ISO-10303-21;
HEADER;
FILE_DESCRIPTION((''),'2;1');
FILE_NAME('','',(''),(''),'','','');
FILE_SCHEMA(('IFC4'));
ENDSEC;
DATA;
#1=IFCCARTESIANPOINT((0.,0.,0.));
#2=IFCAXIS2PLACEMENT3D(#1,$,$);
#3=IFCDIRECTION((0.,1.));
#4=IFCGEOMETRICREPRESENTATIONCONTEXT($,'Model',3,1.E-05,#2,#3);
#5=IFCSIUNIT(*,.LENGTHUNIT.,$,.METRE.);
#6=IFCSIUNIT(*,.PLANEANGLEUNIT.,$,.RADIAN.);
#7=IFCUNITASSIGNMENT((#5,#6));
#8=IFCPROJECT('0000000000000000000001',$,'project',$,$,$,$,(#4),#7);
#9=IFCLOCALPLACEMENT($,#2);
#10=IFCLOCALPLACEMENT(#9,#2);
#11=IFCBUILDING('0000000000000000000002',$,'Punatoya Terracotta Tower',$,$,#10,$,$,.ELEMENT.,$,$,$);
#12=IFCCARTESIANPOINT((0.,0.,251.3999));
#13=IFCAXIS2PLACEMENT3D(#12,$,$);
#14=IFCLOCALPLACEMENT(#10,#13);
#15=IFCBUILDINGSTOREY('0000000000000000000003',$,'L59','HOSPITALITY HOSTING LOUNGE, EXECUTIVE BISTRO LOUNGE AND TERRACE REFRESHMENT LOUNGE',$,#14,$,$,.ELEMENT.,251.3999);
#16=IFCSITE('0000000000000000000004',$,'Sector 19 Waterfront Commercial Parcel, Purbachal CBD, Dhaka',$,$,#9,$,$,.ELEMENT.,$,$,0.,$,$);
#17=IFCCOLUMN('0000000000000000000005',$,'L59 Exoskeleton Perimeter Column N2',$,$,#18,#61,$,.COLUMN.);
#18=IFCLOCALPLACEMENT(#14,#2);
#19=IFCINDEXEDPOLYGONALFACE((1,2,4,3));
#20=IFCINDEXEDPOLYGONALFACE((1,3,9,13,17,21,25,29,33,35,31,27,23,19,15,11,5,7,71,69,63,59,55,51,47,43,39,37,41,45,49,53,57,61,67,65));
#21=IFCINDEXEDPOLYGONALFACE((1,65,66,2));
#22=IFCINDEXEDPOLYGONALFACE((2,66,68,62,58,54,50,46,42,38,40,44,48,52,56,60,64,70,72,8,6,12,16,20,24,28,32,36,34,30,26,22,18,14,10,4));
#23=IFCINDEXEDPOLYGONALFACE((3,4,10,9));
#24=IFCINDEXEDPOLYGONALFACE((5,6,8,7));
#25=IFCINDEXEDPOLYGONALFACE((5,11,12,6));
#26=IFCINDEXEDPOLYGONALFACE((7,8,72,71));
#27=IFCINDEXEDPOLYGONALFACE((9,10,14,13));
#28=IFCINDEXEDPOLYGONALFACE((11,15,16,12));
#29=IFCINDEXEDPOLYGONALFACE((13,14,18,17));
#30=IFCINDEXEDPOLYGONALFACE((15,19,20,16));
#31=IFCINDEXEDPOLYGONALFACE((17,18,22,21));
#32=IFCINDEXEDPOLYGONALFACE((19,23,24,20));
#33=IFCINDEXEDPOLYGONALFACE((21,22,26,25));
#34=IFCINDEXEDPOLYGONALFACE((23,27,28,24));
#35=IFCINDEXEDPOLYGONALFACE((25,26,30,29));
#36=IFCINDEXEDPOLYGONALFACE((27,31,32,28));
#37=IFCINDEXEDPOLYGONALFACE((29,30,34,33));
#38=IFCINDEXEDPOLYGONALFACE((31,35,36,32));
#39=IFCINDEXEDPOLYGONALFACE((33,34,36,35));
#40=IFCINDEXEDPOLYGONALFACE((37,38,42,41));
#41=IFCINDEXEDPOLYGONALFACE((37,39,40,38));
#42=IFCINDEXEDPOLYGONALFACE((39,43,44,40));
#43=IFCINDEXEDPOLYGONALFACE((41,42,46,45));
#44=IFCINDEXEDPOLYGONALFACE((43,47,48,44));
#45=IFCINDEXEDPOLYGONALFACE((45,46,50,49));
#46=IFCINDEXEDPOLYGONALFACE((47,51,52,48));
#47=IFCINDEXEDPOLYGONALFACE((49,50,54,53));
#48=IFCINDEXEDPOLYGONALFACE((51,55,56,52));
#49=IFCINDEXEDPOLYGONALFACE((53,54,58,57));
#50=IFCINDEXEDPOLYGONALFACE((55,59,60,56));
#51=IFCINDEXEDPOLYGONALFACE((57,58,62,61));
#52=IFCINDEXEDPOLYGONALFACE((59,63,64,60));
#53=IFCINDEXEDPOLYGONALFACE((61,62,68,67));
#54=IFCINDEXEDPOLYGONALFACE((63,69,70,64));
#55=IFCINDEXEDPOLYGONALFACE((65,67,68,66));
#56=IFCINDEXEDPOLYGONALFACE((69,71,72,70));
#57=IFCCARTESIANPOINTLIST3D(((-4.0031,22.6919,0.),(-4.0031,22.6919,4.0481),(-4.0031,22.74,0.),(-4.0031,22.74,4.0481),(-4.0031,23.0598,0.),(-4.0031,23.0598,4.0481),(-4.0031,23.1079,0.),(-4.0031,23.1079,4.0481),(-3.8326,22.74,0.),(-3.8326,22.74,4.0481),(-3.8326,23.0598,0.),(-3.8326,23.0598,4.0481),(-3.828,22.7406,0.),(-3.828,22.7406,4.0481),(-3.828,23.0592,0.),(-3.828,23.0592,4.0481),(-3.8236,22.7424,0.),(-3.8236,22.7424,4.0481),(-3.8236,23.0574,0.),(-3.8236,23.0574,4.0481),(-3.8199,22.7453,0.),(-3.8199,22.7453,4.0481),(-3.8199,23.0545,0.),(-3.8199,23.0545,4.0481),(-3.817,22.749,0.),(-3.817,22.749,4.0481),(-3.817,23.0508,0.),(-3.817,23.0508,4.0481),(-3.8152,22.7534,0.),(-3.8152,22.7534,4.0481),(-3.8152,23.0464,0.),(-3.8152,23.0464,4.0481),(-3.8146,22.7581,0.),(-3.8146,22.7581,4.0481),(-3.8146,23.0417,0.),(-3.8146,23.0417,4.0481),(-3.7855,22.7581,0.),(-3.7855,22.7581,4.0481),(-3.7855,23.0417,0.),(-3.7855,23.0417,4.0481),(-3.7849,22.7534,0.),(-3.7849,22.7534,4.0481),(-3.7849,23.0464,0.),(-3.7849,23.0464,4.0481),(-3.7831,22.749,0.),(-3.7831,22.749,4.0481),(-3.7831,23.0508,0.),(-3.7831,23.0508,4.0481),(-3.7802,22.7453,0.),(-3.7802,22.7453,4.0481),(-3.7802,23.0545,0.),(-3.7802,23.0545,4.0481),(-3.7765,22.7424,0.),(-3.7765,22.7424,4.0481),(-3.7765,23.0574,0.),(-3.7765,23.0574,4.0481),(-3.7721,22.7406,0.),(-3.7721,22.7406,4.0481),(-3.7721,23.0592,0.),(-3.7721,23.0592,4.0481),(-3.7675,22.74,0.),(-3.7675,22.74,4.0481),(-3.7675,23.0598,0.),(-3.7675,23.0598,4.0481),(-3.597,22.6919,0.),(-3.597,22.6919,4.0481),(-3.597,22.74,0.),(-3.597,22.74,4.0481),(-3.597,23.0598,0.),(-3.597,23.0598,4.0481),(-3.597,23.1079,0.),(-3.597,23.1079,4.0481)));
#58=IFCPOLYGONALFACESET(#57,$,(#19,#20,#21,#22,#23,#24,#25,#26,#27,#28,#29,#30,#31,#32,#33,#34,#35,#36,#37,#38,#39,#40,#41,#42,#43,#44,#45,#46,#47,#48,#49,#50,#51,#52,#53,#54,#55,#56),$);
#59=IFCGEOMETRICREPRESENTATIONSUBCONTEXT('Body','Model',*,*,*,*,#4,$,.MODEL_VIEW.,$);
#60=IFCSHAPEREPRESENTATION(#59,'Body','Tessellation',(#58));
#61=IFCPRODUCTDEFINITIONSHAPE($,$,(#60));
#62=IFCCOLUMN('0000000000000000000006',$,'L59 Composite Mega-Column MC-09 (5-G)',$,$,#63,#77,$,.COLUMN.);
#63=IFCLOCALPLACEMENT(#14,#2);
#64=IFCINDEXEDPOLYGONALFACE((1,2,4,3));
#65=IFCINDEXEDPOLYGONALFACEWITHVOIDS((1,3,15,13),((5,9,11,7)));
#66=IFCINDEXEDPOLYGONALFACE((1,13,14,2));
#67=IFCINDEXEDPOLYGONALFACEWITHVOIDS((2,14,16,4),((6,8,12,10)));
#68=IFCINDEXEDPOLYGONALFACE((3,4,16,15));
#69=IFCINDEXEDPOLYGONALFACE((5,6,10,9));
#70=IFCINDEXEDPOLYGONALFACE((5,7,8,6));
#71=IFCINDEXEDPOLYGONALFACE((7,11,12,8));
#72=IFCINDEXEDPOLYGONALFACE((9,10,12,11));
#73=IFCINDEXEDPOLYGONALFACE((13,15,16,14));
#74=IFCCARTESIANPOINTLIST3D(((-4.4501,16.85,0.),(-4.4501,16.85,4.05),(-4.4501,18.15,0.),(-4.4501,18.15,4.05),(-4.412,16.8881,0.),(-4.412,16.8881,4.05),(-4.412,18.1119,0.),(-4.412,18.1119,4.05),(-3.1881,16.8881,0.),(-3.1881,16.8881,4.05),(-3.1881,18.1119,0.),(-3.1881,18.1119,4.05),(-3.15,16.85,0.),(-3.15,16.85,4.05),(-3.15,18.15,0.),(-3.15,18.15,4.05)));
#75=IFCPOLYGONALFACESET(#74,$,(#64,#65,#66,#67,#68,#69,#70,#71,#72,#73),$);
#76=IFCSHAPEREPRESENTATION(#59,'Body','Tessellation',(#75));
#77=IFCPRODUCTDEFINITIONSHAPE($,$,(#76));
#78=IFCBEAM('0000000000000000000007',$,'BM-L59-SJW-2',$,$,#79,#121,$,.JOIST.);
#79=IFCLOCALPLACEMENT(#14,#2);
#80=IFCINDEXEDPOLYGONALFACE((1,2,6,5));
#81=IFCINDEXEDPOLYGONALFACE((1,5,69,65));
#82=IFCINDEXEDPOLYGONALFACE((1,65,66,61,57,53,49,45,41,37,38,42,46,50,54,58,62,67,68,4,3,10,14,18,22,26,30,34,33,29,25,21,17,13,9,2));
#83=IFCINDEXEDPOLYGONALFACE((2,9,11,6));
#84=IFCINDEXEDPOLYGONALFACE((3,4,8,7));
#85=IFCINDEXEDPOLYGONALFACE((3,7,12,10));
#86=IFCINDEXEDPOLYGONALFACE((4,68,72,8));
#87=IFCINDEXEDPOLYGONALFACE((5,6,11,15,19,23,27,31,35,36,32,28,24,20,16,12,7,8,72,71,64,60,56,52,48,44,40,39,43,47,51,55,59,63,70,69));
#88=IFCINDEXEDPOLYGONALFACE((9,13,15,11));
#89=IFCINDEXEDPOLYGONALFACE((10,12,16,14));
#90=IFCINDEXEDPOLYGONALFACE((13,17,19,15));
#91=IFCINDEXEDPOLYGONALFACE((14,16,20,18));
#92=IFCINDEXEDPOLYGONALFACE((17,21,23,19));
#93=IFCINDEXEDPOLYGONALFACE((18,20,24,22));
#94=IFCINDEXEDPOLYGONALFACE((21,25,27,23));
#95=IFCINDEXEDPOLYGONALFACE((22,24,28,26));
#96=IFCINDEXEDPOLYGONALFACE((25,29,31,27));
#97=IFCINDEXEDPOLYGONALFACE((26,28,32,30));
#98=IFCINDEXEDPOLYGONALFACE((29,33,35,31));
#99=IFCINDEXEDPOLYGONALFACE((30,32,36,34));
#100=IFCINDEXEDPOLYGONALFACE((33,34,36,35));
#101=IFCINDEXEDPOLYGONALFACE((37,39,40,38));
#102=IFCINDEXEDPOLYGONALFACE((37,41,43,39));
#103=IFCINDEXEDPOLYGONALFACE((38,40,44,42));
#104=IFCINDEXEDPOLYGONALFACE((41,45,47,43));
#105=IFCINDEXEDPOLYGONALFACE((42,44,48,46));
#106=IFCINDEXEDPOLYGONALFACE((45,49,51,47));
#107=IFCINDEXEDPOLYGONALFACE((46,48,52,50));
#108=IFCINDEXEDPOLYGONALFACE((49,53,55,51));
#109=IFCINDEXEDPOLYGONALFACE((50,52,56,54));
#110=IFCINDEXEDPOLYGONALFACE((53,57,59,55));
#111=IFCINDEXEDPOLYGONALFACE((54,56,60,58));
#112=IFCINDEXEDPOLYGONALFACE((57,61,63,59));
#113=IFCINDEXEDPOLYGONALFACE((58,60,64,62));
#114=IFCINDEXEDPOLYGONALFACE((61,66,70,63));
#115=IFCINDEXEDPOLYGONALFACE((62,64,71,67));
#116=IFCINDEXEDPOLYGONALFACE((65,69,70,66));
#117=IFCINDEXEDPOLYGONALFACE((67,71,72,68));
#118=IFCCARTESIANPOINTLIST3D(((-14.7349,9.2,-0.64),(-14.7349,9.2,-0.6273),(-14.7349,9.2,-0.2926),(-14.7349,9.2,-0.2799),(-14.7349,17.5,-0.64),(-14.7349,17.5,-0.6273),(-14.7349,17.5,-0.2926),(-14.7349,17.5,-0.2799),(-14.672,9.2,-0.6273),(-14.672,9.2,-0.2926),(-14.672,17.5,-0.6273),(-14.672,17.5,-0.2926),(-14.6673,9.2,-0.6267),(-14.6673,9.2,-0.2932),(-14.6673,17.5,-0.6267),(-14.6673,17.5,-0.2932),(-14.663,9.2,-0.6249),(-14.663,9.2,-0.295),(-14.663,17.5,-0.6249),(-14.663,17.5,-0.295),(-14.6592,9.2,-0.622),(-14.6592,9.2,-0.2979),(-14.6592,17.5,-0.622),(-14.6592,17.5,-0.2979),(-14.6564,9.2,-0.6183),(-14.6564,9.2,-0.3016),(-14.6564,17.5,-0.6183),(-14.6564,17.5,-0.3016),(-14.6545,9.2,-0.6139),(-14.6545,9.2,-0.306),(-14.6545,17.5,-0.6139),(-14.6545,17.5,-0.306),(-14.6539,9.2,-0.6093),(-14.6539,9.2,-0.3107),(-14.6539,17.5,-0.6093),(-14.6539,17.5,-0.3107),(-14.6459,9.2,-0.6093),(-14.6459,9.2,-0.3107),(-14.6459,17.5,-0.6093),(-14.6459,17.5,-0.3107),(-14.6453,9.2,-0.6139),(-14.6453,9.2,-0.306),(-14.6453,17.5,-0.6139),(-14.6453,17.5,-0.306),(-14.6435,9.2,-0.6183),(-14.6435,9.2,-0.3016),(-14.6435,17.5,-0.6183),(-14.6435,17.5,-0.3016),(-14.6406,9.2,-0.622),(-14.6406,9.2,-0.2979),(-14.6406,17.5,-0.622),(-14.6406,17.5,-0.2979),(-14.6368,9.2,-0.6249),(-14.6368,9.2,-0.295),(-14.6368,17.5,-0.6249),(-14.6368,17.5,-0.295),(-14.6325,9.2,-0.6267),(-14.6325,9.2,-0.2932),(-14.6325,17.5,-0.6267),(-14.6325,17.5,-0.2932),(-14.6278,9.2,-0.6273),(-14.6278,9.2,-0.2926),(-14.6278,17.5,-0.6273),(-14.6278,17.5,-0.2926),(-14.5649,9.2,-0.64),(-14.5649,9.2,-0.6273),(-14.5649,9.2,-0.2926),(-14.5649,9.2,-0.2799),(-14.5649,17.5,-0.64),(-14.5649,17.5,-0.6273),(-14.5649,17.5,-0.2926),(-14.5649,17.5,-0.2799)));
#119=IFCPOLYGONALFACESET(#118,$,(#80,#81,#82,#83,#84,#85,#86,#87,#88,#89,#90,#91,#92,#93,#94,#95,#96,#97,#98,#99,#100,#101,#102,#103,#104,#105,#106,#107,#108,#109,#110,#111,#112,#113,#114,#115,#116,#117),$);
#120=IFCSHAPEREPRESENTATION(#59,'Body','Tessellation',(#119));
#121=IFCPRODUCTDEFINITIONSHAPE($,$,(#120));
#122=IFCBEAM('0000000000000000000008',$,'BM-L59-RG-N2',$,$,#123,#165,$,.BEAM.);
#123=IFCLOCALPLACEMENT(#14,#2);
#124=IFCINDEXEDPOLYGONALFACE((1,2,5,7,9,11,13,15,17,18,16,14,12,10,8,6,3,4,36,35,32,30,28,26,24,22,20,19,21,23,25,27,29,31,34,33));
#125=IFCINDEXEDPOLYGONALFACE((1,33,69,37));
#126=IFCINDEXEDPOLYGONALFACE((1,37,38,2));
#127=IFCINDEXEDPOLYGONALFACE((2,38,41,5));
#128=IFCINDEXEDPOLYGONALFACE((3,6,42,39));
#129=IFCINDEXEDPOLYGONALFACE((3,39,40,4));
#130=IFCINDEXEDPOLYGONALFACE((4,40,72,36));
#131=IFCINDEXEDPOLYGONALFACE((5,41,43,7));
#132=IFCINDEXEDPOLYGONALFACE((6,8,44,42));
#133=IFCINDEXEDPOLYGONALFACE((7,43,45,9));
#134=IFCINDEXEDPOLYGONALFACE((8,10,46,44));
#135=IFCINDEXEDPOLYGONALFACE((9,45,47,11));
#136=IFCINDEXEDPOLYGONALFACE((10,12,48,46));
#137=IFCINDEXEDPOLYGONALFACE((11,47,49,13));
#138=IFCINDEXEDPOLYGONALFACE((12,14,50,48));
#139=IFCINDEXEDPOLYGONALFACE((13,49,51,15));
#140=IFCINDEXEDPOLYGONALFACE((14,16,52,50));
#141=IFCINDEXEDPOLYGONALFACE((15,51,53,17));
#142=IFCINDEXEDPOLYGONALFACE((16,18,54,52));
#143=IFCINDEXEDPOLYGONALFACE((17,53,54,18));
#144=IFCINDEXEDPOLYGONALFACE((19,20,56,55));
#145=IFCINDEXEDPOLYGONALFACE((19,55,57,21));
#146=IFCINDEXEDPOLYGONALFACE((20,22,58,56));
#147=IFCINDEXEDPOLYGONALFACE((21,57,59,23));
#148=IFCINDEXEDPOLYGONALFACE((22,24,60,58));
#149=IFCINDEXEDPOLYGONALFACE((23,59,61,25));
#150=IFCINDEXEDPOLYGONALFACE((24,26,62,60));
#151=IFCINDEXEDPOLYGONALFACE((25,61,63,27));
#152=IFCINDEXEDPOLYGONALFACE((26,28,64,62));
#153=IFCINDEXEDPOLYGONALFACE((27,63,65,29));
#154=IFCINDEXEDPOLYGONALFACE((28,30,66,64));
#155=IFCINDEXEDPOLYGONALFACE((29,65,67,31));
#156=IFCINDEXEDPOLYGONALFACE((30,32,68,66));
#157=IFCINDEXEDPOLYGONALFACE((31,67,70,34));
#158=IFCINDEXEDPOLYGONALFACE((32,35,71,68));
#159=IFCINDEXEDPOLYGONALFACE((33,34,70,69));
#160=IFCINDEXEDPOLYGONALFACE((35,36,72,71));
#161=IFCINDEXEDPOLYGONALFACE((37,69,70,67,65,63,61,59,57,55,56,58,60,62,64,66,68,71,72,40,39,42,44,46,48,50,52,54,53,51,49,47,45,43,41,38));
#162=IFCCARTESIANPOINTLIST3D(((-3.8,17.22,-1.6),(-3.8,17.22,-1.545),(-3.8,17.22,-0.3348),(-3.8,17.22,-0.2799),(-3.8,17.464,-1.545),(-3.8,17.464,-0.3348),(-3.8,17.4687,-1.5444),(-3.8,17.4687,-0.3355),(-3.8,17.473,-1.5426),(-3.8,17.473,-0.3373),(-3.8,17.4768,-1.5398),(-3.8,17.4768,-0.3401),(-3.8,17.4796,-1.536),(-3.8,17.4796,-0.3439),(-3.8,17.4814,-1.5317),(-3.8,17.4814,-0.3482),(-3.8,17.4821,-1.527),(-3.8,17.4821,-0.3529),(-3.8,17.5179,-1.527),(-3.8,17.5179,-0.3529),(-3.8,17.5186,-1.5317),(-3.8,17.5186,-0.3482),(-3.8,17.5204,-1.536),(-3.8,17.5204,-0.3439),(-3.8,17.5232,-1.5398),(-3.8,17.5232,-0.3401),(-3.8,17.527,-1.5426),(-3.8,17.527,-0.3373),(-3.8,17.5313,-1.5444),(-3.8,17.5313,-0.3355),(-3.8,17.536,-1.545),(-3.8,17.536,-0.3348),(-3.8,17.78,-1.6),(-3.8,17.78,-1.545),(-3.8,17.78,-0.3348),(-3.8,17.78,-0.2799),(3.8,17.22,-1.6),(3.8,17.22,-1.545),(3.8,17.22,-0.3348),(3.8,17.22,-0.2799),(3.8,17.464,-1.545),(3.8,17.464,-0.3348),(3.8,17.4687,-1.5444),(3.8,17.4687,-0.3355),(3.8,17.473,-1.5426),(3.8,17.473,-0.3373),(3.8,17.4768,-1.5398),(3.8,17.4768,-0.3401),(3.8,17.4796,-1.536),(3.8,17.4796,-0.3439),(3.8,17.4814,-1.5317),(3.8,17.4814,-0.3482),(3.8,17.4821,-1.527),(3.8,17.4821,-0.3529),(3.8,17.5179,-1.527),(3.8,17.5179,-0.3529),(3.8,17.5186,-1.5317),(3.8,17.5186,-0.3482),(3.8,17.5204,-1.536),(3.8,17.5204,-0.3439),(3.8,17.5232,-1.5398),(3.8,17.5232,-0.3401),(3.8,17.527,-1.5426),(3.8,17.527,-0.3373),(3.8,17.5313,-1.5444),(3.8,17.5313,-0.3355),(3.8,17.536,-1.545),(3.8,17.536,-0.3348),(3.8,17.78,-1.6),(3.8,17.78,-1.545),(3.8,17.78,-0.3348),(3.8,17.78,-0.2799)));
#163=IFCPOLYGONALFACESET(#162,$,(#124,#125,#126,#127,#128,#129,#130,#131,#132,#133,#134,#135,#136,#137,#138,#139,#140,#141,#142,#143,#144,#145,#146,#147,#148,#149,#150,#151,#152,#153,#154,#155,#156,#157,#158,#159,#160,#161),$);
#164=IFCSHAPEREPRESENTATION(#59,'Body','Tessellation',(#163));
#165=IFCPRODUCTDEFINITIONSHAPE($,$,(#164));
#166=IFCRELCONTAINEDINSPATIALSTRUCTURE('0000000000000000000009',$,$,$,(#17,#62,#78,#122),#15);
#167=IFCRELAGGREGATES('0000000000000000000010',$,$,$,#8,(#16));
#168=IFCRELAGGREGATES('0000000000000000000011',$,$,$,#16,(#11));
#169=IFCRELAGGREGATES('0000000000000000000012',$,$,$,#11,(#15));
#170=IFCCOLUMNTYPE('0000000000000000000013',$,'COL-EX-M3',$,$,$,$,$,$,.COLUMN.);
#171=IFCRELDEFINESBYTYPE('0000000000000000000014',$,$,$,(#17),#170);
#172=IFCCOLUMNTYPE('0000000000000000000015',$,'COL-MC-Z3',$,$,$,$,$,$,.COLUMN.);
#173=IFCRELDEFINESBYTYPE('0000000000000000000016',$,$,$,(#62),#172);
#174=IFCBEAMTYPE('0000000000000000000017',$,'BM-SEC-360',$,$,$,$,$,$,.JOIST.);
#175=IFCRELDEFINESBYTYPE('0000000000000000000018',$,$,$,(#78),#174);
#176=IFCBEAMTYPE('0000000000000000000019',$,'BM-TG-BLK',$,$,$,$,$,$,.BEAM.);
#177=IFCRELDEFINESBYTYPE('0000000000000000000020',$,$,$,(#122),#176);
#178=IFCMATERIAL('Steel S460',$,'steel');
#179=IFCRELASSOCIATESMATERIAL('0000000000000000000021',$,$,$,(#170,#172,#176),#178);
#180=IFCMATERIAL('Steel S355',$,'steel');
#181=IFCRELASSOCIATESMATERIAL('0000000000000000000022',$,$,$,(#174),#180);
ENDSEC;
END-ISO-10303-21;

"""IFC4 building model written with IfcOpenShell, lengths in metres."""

from ifc_helpers import new_model, si_unit, direction, frame, origin, origin_2d, place, context, subcontext, project, spatial, hollow_rectangle, i_section, extrude, material, material_profile, profile_set, type_object, element, save


model = new_model("IFC4")

# Units and contexts
model_context = context("Model", 3, precision=1e-05, world=origin(), true_north=direction((0.0, 1.0)))
body_context = subcontext(model_context, "Body", "Model", "MODEL_VIEW")
ifc_project = project(units=[si_unit("LENGTHUNIT", "METRE"), si_unit("PLANEANGLEUNIT", "RADIAN")], contexts=[model_context])

# Site, building, storey
site_placement = place(None, origin())
site = spatial("IfcSite", under=ifc_project, at=site_placement, Name="Sector 19 Waterfront Commercial Parcel, Purbachal CBD, Dhaka", CompositionType="ELEMENT", RefElevation=0.0)
building_placement = place(site_placement, origin())
building = spatial("IfcBuilding", under=site, at=building_placement, Name="Punatoya Terracotta Tower", CompositionType="ELEMENT")
storey_placement = place(building_placement, frame((0.0, 0.0, 251.3999)))
storey = spatial("IfcBuildingStorey", under=building, at=storey_placement, Name="L59", Description="HOSPITALITY HOSTING LOUNGE, EXECUTIVE BISTRO LOUNGE AND TERRACE REFRESHMENT LOUNGE", CompositionType="ELEMENT", Elevation=251.3999)

# Columns
ifc_material_1 = material(Name="Steel S460", Category="steel")
ifc_material_profile_1 = material_profile(ifc_material_1, i_section(OverallWidth=0.406, OverallDepth=0.416, WebThickness=0.0291, FlangeThickness=0.0481, FilletRadius=0.0181, at=origin_2d()))
ifc_profile_set_1 = profile_set([ifc_material_profile_1], Name="Steel S460")
column_type_1 = type_object("IfcColumnType", Name="COL-EX-M3", PredefinedType="COLUMN", material=ifc_profile_set_1)
column_1_placement = place(storey_placement, frame((-3.8, 22.8999, 0.0), z_axis=(0.0, 0.0, 1.0), x_axis=(1.0, 0.0, 0.0)))
element("IfcColumn", 1, at=column_1_placement, inside=storey, type_object=column_type_1, Name="L59 Exoskeleton Perimeter Column N2", PredefinedType="COLUMN", context=body_context, shape_type="SweptSolid", body=[
    extrude(i_section(OverallWidth=0.406, OverallDepth=0.416, WebThickness=0.0291, FlangeThickness=0.0481, FilletRadius=0.0181, at=origin_2d()), origin(), (0.0, 0.0, 1.0), 4.0481),
])
ifc_material_profile_2 = material_profile(ifc_material_1, hollow_rectangle(XDim=1.3, YDim=1.3, WallThickness=0.0381, at=origin_2d()))
ifc_profile_set_2 = profile_set([ifc_material_profile_2], Name="Steel S460")
column_type_2 = type_object("IfcColumnType", Name="COL-MC-Z3", PredefinedType="COLUMN", material=ifc_profile_set_2)
column_2_placement = place(storey_placement, frame((-3.8, 17.5, 0.0), z_axis=(0.0, 0.0, 1.0), x_axis=(1.0, 0.0, 0.0)))
element("IfcColumn", 2, at=column_2_placement, inside=storey, type_object=column_type_2, Name="L59 Composite Mega-Column MC-09 (5-G)", PredefinedType="COLUMN", context=body_context, shape_type="SweptSolid", body=[
    extrude(hollow_rectangle(XDim=1.3, YDim=1.3, WallThickness=0.0381, at=origin_2d()), origin(), (0.0, 0.0, 1.0), 4.05),
])

# Beams
ifc_material_2 = material(Name="Steel S355", Category="steel")
ifc_material_profile_3 = material_profile(ifc_material_2, i_section(OverallWidth=0.1699, OverallDepth=0.3601, WebThickness=0.0081, FlangeThickness=0.0127, FilletRadius=0.0181, at=origin_2d()))
ifc_profile_set_3 = profile_set([ifc_material_profile_3], Name="Steel S355")
beam_type_1 = type_object("IfcBeamType", Name="BM-SEC-360", PredefinedType="JOIST", material=ifc_profile_set_3)
beam_1_placement = place(storey_placement, frame((-14.6499, 9.2, -0.46), z_axis=(0.0, 1.0, 0.0), x_axis=(-1.0, 0.0, 0.0)))
element("IfcBeam", 3, at=beam_1_placement, inside=storey, type_object=beam_type_1, Name="BM-L59-SJW-2", PredefinedType="JOIST", context=body_context, shape_type="SweptSolid", body=[
    extrude(i_section(OverallWidth=0.1699, OverallDepth=0.3601, WebThickness=0.0081, FlangeThickness=0.0127, FilletRadius=0.0181, at=origin_2d()), origin(), (0.0, 0.0, 1.0), 8.3),
])
ifc_material_profile_4 = material_profile(ifc_material_1, i_section(OverallWidth=0.5601, OverallDepth=1.3201, WebThickness=0.0359, FlangeThickness=0.0549, FilletRadius=0.0181, at=origin_2d()))
ifc_profile_set_4 = profile_set([ifc_material_profile_4], Name="Steel S460")
beam_type_2 = type_object("IfcBeamType", Name="BM-TG-BLK", PredefinedType="BEAM", material=ifc_profile_set_4)
beam_2_placement = place(storey_placement, frame((-3.8, 17.5, -0.9399), z_axis=(1.0, 0.0, 0.0), x_axis=(0.0, 1.0, 0.0)))
element("IfcBeam", 4, at=beam_2_placement, inside=storey, type_object=beam_type_2, Name="BM-L59-RG-N2", PredefinedType="BEAM", context=body_context, shape_type="SweptSolid", body=[
    extrude(i_section(OverallWidth=0.5601, OverallDepth=1.3201, WebThickness=0.0359, FlangeThickness=0.0549, FilletRadius=0.0181, at=origin_2d()), origin(), (0.0, 0.0, 1.0), 7.6001),
])

save(model, "model.ifc")
